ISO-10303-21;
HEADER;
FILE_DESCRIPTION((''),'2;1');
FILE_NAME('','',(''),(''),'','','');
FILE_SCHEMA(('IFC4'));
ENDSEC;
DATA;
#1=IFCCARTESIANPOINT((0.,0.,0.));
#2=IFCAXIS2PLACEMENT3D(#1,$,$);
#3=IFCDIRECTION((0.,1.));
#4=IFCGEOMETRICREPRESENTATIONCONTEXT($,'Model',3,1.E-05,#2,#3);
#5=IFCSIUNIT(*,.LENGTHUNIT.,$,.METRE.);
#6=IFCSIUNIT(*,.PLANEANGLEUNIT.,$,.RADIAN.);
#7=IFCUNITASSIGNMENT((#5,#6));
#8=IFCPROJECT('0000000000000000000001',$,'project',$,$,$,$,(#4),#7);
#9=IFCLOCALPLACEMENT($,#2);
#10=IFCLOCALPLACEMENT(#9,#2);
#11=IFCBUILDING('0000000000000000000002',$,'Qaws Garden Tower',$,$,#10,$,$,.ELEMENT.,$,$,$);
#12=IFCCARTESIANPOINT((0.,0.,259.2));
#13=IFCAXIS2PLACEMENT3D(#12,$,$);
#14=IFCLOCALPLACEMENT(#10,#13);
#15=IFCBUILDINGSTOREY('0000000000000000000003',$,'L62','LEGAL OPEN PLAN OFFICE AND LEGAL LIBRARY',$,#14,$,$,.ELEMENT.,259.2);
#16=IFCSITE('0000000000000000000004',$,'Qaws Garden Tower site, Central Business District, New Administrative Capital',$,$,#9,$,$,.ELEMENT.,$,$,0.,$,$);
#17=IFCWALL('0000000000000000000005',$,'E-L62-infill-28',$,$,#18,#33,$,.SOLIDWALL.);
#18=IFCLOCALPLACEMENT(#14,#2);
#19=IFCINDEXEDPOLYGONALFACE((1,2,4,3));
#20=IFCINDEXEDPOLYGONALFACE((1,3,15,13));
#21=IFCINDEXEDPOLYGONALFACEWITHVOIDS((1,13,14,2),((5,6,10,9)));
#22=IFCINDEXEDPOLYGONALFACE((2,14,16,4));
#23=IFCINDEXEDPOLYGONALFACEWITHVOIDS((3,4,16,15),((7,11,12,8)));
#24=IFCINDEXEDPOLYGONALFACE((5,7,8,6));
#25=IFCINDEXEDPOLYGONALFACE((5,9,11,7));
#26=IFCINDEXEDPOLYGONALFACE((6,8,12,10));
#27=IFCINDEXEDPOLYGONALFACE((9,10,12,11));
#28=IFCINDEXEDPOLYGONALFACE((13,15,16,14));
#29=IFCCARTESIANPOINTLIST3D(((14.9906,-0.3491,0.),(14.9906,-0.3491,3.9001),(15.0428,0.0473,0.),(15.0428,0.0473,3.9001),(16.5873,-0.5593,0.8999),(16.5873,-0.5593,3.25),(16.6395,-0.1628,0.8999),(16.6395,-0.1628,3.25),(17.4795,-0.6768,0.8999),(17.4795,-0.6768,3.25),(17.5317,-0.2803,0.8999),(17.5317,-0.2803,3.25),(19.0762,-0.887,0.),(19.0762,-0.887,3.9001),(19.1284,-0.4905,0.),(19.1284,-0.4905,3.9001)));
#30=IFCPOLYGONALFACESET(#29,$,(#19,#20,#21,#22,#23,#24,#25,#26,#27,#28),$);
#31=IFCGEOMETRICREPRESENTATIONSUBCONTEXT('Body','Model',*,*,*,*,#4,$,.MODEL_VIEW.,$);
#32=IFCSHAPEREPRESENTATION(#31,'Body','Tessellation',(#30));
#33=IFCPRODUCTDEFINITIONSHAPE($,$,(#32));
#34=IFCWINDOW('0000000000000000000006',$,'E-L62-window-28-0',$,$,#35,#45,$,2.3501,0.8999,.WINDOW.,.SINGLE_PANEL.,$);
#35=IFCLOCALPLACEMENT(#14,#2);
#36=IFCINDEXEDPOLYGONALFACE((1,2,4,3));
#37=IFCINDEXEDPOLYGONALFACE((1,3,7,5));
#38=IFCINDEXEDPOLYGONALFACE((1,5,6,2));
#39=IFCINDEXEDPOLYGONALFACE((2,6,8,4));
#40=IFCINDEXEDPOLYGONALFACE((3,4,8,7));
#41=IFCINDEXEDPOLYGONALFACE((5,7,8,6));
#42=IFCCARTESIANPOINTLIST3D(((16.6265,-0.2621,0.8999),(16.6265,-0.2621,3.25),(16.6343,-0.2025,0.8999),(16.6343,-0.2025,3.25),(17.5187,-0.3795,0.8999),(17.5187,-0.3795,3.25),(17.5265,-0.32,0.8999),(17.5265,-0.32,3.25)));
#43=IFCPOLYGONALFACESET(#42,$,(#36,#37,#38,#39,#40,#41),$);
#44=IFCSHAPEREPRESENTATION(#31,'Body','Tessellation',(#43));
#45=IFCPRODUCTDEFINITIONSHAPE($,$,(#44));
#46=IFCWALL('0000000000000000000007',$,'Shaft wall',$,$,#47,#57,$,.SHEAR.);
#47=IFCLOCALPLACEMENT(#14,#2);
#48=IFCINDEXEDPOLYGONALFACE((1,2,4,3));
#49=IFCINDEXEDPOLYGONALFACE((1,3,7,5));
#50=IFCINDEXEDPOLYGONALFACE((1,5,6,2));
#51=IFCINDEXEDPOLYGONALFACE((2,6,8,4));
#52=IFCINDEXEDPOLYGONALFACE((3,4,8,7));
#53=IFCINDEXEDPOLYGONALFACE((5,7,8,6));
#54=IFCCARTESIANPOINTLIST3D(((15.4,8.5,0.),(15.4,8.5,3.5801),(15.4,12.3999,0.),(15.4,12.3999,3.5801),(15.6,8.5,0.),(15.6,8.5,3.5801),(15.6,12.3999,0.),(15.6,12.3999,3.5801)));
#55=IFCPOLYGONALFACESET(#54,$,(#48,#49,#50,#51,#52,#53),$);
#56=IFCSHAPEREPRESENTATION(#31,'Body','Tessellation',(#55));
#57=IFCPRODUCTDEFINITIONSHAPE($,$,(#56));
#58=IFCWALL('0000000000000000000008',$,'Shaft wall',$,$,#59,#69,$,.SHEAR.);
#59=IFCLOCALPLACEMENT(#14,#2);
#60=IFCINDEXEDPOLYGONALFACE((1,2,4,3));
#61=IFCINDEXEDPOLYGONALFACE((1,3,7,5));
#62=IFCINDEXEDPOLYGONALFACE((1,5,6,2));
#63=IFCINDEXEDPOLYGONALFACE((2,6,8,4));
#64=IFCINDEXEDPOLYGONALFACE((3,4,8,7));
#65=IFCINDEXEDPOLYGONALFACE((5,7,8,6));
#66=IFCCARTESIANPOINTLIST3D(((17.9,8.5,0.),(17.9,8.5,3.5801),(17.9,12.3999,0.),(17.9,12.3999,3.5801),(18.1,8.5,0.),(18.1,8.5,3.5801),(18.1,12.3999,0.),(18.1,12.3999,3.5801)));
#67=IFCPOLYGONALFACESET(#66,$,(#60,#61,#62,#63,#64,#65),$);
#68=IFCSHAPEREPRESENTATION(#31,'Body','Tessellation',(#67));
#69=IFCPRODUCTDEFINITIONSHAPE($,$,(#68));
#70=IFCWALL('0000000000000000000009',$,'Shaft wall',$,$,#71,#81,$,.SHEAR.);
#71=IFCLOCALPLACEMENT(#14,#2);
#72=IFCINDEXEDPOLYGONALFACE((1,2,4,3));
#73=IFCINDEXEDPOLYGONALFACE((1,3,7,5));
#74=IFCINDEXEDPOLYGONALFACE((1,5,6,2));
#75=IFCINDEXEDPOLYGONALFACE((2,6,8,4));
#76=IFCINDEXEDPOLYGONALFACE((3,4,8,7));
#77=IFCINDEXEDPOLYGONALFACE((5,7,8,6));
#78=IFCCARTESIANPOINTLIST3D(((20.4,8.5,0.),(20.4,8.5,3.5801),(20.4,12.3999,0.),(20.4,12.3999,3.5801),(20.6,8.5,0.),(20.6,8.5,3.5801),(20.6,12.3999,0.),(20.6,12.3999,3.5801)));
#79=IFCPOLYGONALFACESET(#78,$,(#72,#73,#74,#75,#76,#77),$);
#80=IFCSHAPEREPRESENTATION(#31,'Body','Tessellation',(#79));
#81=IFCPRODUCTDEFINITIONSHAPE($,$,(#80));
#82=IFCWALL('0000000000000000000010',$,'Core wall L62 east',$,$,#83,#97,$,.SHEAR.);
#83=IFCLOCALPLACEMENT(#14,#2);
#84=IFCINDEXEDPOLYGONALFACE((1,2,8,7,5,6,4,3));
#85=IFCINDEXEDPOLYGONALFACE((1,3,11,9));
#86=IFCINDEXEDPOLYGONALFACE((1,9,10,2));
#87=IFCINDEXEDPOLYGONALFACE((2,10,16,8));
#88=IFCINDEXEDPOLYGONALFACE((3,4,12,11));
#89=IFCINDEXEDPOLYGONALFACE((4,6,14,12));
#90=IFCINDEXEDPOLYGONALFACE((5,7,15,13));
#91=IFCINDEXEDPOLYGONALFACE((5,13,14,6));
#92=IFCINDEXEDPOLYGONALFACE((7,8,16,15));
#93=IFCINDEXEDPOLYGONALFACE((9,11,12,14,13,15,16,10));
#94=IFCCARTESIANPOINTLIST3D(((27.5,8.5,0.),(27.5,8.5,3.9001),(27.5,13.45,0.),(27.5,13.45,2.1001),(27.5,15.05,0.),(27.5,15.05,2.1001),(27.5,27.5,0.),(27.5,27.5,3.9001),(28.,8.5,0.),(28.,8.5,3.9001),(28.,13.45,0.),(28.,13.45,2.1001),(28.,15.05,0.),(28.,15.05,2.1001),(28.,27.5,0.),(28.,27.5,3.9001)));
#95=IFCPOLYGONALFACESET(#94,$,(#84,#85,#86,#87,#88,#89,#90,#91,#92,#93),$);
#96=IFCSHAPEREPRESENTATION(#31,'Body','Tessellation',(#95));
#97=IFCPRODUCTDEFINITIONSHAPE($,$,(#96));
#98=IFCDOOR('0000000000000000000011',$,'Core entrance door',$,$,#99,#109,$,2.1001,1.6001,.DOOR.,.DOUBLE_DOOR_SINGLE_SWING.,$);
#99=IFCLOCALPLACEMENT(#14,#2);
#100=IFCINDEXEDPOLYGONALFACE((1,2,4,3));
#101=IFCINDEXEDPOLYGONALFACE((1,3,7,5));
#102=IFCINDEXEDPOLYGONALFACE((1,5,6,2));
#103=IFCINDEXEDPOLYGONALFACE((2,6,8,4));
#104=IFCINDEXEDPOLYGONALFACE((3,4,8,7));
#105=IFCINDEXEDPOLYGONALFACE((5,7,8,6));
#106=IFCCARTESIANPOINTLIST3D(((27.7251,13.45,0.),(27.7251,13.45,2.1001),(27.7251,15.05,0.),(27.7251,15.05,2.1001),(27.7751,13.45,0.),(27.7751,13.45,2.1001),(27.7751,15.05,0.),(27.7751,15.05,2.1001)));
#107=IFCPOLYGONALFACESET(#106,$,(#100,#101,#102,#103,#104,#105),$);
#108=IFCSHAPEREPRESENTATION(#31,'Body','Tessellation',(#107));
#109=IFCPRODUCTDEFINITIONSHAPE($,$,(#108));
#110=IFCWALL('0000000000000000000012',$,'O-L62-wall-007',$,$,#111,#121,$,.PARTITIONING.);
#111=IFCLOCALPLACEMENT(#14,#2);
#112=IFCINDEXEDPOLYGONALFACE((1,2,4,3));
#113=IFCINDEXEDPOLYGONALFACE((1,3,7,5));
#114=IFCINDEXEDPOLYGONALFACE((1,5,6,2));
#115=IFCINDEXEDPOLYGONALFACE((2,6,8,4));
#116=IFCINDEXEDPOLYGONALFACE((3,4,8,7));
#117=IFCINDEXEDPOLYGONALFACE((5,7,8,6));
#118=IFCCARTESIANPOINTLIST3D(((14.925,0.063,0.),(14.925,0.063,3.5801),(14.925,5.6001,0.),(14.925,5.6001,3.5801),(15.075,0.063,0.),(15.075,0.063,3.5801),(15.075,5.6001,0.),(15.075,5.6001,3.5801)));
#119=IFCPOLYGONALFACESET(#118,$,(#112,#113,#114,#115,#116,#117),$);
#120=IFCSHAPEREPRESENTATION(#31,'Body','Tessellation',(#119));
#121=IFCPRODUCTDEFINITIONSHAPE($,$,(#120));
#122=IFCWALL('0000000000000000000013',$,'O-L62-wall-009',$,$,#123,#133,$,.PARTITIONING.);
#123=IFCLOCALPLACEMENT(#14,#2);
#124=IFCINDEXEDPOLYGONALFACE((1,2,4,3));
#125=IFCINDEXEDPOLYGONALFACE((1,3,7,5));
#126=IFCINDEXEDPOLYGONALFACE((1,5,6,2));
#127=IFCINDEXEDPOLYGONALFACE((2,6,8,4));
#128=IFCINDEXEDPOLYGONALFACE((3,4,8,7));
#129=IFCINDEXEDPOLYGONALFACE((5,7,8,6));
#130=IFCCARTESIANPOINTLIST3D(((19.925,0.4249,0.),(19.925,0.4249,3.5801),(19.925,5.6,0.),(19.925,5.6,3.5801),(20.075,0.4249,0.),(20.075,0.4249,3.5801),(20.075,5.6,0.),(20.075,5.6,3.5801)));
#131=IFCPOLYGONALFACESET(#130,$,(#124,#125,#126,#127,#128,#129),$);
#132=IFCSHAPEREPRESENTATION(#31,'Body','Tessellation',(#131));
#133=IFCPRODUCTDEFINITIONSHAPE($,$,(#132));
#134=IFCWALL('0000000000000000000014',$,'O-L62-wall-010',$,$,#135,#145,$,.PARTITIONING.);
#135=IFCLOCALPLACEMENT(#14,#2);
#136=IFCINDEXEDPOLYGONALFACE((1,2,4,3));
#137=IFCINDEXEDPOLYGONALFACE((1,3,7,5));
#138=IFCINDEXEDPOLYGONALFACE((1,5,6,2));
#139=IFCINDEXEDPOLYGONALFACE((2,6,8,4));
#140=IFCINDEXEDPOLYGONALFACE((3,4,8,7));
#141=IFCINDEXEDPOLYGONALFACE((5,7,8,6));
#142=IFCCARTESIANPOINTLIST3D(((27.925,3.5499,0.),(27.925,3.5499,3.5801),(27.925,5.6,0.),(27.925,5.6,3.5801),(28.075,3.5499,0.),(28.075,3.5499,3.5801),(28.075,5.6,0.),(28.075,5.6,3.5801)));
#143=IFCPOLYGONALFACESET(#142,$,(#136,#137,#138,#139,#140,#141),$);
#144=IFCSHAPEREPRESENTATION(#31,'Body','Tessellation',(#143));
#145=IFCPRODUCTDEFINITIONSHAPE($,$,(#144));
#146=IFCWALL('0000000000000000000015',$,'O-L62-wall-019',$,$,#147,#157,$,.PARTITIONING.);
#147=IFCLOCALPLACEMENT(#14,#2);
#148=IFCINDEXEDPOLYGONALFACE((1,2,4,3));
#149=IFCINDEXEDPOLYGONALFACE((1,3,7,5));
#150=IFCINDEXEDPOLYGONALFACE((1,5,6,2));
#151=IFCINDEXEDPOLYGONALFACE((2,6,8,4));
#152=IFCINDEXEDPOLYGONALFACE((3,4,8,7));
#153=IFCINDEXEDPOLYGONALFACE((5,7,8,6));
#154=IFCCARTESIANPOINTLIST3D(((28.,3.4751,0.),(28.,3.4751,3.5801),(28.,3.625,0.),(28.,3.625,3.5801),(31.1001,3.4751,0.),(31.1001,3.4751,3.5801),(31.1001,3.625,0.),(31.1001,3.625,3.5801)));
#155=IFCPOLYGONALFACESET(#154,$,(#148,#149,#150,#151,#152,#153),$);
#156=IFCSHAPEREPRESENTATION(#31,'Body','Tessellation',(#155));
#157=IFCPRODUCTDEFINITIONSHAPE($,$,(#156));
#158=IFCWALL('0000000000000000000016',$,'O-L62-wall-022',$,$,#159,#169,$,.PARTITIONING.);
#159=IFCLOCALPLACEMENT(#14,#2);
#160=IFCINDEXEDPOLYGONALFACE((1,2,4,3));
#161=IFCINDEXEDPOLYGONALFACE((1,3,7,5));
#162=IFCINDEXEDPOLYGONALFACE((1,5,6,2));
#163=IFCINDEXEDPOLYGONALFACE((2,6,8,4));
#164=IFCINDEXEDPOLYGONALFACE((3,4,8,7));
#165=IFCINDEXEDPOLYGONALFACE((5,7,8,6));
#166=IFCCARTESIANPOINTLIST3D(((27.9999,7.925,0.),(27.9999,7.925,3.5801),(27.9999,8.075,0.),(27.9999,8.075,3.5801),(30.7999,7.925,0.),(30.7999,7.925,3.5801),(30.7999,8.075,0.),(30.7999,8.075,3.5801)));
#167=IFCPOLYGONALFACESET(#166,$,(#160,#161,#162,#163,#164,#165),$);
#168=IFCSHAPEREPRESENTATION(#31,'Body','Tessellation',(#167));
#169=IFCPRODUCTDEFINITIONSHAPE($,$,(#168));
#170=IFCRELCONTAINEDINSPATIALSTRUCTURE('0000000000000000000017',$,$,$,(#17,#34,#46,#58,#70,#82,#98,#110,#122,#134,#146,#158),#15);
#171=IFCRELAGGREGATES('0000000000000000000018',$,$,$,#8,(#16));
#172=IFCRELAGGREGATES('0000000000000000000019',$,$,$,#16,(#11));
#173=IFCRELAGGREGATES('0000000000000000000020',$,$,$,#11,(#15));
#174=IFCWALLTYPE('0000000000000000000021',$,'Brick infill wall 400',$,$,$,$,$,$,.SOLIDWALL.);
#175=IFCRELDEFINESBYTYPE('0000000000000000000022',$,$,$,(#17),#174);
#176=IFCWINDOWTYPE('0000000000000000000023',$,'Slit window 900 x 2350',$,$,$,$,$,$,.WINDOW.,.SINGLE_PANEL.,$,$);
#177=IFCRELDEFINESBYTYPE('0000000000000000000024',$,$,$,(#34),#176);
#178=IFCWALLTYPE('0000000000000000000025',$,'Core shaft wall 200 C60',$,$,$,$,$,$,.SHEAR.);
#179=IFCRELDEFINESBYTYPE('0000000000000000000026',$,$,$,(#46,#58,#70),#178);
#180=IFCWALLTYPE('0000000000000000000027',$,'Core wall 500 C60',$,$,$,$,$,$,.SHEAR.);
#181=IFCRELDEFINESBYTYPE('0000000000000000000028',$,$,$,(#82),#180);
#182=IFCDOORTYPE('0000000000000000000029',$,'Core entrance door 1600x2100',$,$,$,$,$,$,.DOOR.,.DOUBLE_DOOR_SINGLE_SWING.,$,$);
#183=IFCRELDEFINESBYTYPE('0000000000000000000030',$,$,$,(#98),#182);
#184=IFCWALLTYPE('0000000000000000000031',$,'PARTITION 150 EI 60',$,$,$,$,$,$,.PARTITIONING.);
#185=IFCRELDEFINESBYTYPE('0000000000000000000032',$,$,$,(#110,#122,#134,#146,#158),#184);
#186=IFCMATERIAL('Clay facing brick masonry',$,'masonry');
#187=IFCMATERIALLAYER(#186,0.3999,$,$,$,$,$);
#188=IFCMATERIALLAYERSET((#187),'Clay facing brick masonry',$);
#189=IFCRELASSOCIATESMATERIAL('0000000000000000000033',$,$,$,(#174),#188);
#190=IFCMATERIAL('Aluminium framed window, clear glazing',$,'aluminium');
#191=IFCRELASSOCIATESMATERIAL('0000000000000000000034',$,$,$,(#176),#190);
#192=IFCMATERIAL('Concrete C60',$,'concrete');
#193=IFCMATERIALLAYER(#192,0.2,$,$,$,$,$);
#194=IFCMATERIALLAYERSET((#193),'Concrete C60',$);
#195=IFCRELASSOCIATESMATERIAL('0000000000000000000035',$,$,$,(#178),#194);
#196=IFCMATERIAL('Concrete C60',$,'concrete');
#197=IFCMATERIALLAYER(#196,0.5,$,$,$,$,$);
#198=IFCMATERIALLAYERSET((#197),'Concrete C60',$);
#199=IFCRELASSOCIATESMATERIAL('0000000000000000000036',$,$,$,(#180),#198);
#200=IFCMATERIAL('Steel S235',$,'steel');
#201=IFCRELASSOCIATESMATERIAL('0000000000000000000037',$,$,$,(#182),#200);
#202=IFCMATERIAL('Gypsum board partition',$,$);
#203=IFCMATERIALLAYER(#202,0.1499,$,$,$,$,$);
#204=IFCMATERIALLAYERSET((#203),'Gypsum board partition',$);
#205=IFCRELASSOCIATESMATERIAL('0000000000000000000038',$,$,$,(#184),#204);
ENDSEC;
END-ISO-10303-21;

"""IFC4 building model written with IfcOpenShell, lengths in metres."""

from ifc_helpers import new_model, si_unit, direction, frame, frame_2d, origin, place, context, subcontext, project, spatial, rectangle, extrude, material, layer, layer_set, type_object, element, fill, save


model = new_model("IFC4")

# Units and contexts
model_context = context("Model", 3, precision=1e-05, world=origin(), true_north=direction((0.0, 1.0)))
body_context = subcontext(model_context, "Body", "Model", "MODEL_VIEW")
ifc_project = project(units=[si_unit("LENGTHUNIT", "METRE"), si_unit("PLANEANGLEUNIT", "RADIAN")], contexts=[model_context])

# Site, building, storey
site_placement = place(None, origin())
site = spatial("IfcSite", under=ifc_project, at=site_placement, Name="Qaws Garden Tower site, Central Business District, New Administrative Capital", CompositionType="ELEMENT", RefElevation=0.0)
building_placement = place(site_placement, origin())
building = spatial("IfcBuilding", under=site, at=building_placement, Name="Qaws Garden Tower", CompositionType="ELEMENT")
storey_placement = place(building_placement, frame((0.0, 0.0, 259.2)))
storey = spatial("IfcBuildingStorey", under=building, at=storey_placement, Name="L62", Description="LEGAL OPEN PLAN OFFICE AND LEGAL LIBRARY", CompositionType="ELEMENT", Elevation=259.2)

# Shared definitions
ifc_material_1 = material(Name="Clay facing brick masonry", Category="masonry")
ifc_layer_1 = layer(ifc_material_1, 0.3999)
ifc_layer_set_1 = layer_set([ifc_layer_1], Name="Clay facing brick masonry")
wall_type_1 = type_object("IfcWallType", Name="Brick infill wall 400", PredefinedType="SOLIDWALL", material=ifc_layer_set_1)
ifc_material_2 = material(Name="Aluminium framed window, clear glazing", Category="aluminium")
window_type = type_object("IfcWindowType", Name="Slit window 900 x 2350", PartitioningType="SINGLE_PANEL", PredefinedType="WINDOW", material=ifc_material_2)

# Wall, opening, window
wall_1_placement = place(storey_placement, frame((15.0166, -0.1509, 0.0), z_axis=(0.0, 0.0, 1.0), x_axis=(0.991446, -0.130514, 0.0)))
wall_1 = element("IfcWall", 1, at=wall_1_placement, inside=storey, type_object=wall_type_1, Name="E-L62-infill-28", PredefinedType="SOLIDWALL", context=body_context, shape_type="SweptSolid", body=[
    extrude(rectangle(XDim=4.1208, YDim=0.3999, at=frame_2d((2.0605, 0.0))), origin(), (0.0, 0.0, 1.0), 3.9001),
])
opening_1_placement = place(wall_1_placement, frame((1.6106, 0.0, 0.8999)))
opening_1 = element("IfcOpeningElement", 2, at=opening_1_placement, cuts=wall_1, PredefinedType="OPENING", context=body_context, shape_type="SweptSolid", body=[
    extrude(rectangle(XDim=0.8999, YDim=2.3501, at=frame_2d((0.45, 1.175))), frame((0.0, 0.21, 0.0), z_axis=(0.0, -1.0, 0.0), x_axis=(1.0, 0.0, 0.0)), (0.0, 0.0, 1.0), 0.4199),
])
window_1_placement = place(opening_1_placement, origin())
window_1 = element("IfcWindow", 3, at=window_1_placement, inside=storey, type_object=window_type, Name="E-L62-window-28-0", OverallHeight=2.3501, OverallWidth=0.8999, PartitioningType="SINGLE_PANEL", PredefinedType="WINDOW", context=body_context, shape_type="SweptSolid", body=[
    extrude(rectangle(XDim=0.8999, YDim=2.3501, at=frame_2d((0.45, 1.175))), frame((0.0, 0.1599, 0.0), z_axis=(0.0, -1.0, 0.0), x_axis=(1.0, 0.0, 0.0)), (0.0, 0.0, 1.0), 0.0601),
])
fill(opening_1, window_1)

# Walls
ifc_material_3 = material(Name="Concrete C60", Category="concrete")
ifc_layer_2 = layer(ifc_material_3, 0.2)
ifc_layer_set_2 = layer_set([ifc_layer_2], Name="Concrete C60")
wall_type_2 = type_object("IfcWallType", Name="Core shaft wall 200 C60", PredefinedType="SHEAR", material=ifc_layer_set_2)
for number, where, z_axis, x_axis, name in (
    (4, (15.5, 8.5, 0.0), (0.0, 0.0, 1.0), (0.0, 1.0, 0.0), "Shaft wall"),
    (5, (18.0, 8.5, 0.0), (0.0, 0.0, 1.0), (0.0, 1.0, 0.0), "Shaft wall"),
    (6, (20.5, 8.5, 0.0), (0.0, 0.0, 1.0), (0.0, 1.0, 0.0), "Shaft wall"),
):
    element("IfcWall", number, at=place(storey_placement, frame(where, z_axis=z_axis, x_axis=x_axis)), inside=storey, type_object=wall_type_2, Name=name, PredefinedType="SHEAR", context=body_context, shape_type="SweptSolid", body=[
        extrude(rectangle(XDim=3.8999, YDim=0.2, at=frame_2d((1.95, 0.0))), origin(), (0.0, 0.0, 1.0), 3.5801),
    ])

# Wall, opening, door
ifc_material_4 = material(Name="Concrete C60", Category="concrete")
ifc_layer_3 = layer(ifc_material_4, 0.5)
ifc_layer_set_3 = layer_set([ifc_layer_3], Name="Concrete C60")
wall_type_3 = type_object("IfcWallType", Name="Core wall 500 C60", PredefinedType="SHEAR", material=ifc_layer_set_3)
wall_2_placement = place(storey_placement, frame((27.75, 8.5, 0.0), z_axis=(0.0, 0.0, 1.0), x_axis=(0.0, 1.0, 0.0)))
wall_2 = element("IfcWall", 7, at=wall_2_placement, inside=storey, type_object=wall_type_3, Name="Core wall L62 east", PredefinedType="SHEAR", context=body_context, shape_type="SweptSolid", body=[
    extrude(rectangle(XDim=19.0, YDim=0.5, at=frame_2d((9.5, 0.0))), origin(), (0.0, 0.0, 1.0), 3.9001),
])
opening_2_placement = place(wall_2_placement, frame((4.95, 0.0, 0.0)))
opening_2 = element("IfcOpeningElement", 8, at=opening_2_placement, cuts=wall_2, PredefinedType="OPENING", context=body_context, shape_type="SweptSolid", body=[
    extrude(rectangle(XDim=1.6001, YDim=2.1001, at=frame_2d((0.8, 1.05))), frame((0.0, 0.26, 0.0), z_axis=(0.0, -1.0, 0.0), x_axis=(1.0, 0.0, 0.0)), (0.0, 0.0, 1.0), 0.52),
])
ifc_material_5 = material(Name="Steel S235", Category="steel")
door_type = type_object("IfcDoorType", Name="Core entrance door 1600x2100", OperationType="DOUBLE_DOOR_SINGLE_SWING", PredefinedType="DOOR", material=ifc_material_5)
door_placement = place(opening_2_placement, origin())
door = element("IfcDoor", 9, at=door_placement, inside=storey, type_object=door_type, Name="Core entrance door", OperationType="DOUBLE_DOOR_SINGLE_SWING", OverallHeight=2.1001, OverallWidth=1.6001, PredefinedType="DOOR", context=body_context, shape_type="SweptSolid", body=[
    extrude(rectangle(XDim=1.6001, YDim=2.1001, at=frame_2d((0.8, 1.05))), frame((0.0, 0.0249, 0.0), z_axis=(0.0, -1.0, 0.0), x_axis=(1.0, 0.0, 0.0)), (0.0, 0.0, 1.0), 0.05),
])
fill(opening_2, door)

# Walls
ifc_material_6 = material(Name="Gypsum board partition")
ifc_layer_4 = layer(ifc_material_6, 0.1499)
ifc_layer_set_4 = layer_set([ifc_layer_4], Name="Gypsum board partition")
wall_type_4 = type_object("IfcWallType", Name="PARTITION 150 EI 60", PredefinedType="PARTITIONING", material=ifc_layer_set_4)
wall_3_placement = place(storey_placement, frame((15.0, 0.063, 0.0), z_axis=(0.0, 0.0, 1.0), x_axis=(0.0, 1.0, 0.0)))
element("IfcWall", 10, at=wall_3_placement, inside=storey, type_object=wall_type_4, Name="O-L62-wall-007", PredefinedType="PARTITIONING", context=body_context, shape_type="SweptSolid", body=[
    extrude(rectangle(XDim=5.5371, YDim=0.1499, at=frame_2d((2.7686, 0.0))), origin(), (0.0, 0.0, 1.0), 3.5801),
])
wall_4_placement = place(storey_placement, frame((20.0, 0.425, 0.0), z_axis=(0.0, 0.0, 1.0), x_axis=(0.0, 1.0, 0.0)))
element("IfcWall", 11, at=wall_4_placement, inside=storey, type_object=wall_type_4, Name="O-L62-wall-009", PredefinedType="PARTITIONING", context=body_context, shape_type="SweptSolid", body=[
    extrude(rectangle(XDim=5.175, YDim=0.1499, at=frame_2d((2.5874, 0.0))), origin(), (0.0, 0.0, 1.0), 3.5801),
])
wall_5_placement = place(storey_placement, frame((28.0, 3.55, 0.0), z_axis=(0.0, 0.0, 1.0), x_axis=(0.0, 1.0, 0.0)))
element("IfcWall", 12, at=wall_5_placement, inside=storey, type_object=wall_type_4, Name="O-L62-wall-010", PredefinedType="PARTITIONING", context=body_context, shape_type="SweptSolid", body=[
    extrude(rectangle(XDim=2.05, YDim=0.1499, at=frame_2d((1.0249, 0.0))), origin(), (0.0, 0.0, 1.0), 3.5801),
])
wall_6_placement = place(storey_placement, frame((28.0, 3.55, 0.0), z_axis=(0.0, 0.0, 1.0), x_axis=(1.0, 0.0, 0.0)))
element("IfcWall", 13, at=wall_6_placement, inside=storey, type_object=wall_type_4, Name="O-L62-wall-019", PredefinedType="PARTITIONING", context=body_context, shape_type="SweptSolid", body=[
    extrude(rectangle(XDim=3.1001, YDim=0.1499, at=frame_2d((1.55, 0.0))), origin(), (0.0, 0.0, 1.0), 3.5801),
])
wall_7_placement = place(storey_placement, frame((28.0, 8.0, 0.0), z_axis=(0.0, 0.0, 1.0), x_axis=(1.0, 0.0, 0.0)))
element("IfcWall", 14, at=wall_7_placement, inside=storey, type_object=wall_type_4, Name="O-L62-wall-022", PredefinedType="PARTITIONING", context=body_context, shape_type="SweptSolid", body=[
    extrude(rectangle(XDim=2.8, YDim=0.1499, at=frame_2d((1.3999, 0.0))), origin(), (0.0, 0.0, 1.0), 3.5801),
])

save(model, "model.ifc")
